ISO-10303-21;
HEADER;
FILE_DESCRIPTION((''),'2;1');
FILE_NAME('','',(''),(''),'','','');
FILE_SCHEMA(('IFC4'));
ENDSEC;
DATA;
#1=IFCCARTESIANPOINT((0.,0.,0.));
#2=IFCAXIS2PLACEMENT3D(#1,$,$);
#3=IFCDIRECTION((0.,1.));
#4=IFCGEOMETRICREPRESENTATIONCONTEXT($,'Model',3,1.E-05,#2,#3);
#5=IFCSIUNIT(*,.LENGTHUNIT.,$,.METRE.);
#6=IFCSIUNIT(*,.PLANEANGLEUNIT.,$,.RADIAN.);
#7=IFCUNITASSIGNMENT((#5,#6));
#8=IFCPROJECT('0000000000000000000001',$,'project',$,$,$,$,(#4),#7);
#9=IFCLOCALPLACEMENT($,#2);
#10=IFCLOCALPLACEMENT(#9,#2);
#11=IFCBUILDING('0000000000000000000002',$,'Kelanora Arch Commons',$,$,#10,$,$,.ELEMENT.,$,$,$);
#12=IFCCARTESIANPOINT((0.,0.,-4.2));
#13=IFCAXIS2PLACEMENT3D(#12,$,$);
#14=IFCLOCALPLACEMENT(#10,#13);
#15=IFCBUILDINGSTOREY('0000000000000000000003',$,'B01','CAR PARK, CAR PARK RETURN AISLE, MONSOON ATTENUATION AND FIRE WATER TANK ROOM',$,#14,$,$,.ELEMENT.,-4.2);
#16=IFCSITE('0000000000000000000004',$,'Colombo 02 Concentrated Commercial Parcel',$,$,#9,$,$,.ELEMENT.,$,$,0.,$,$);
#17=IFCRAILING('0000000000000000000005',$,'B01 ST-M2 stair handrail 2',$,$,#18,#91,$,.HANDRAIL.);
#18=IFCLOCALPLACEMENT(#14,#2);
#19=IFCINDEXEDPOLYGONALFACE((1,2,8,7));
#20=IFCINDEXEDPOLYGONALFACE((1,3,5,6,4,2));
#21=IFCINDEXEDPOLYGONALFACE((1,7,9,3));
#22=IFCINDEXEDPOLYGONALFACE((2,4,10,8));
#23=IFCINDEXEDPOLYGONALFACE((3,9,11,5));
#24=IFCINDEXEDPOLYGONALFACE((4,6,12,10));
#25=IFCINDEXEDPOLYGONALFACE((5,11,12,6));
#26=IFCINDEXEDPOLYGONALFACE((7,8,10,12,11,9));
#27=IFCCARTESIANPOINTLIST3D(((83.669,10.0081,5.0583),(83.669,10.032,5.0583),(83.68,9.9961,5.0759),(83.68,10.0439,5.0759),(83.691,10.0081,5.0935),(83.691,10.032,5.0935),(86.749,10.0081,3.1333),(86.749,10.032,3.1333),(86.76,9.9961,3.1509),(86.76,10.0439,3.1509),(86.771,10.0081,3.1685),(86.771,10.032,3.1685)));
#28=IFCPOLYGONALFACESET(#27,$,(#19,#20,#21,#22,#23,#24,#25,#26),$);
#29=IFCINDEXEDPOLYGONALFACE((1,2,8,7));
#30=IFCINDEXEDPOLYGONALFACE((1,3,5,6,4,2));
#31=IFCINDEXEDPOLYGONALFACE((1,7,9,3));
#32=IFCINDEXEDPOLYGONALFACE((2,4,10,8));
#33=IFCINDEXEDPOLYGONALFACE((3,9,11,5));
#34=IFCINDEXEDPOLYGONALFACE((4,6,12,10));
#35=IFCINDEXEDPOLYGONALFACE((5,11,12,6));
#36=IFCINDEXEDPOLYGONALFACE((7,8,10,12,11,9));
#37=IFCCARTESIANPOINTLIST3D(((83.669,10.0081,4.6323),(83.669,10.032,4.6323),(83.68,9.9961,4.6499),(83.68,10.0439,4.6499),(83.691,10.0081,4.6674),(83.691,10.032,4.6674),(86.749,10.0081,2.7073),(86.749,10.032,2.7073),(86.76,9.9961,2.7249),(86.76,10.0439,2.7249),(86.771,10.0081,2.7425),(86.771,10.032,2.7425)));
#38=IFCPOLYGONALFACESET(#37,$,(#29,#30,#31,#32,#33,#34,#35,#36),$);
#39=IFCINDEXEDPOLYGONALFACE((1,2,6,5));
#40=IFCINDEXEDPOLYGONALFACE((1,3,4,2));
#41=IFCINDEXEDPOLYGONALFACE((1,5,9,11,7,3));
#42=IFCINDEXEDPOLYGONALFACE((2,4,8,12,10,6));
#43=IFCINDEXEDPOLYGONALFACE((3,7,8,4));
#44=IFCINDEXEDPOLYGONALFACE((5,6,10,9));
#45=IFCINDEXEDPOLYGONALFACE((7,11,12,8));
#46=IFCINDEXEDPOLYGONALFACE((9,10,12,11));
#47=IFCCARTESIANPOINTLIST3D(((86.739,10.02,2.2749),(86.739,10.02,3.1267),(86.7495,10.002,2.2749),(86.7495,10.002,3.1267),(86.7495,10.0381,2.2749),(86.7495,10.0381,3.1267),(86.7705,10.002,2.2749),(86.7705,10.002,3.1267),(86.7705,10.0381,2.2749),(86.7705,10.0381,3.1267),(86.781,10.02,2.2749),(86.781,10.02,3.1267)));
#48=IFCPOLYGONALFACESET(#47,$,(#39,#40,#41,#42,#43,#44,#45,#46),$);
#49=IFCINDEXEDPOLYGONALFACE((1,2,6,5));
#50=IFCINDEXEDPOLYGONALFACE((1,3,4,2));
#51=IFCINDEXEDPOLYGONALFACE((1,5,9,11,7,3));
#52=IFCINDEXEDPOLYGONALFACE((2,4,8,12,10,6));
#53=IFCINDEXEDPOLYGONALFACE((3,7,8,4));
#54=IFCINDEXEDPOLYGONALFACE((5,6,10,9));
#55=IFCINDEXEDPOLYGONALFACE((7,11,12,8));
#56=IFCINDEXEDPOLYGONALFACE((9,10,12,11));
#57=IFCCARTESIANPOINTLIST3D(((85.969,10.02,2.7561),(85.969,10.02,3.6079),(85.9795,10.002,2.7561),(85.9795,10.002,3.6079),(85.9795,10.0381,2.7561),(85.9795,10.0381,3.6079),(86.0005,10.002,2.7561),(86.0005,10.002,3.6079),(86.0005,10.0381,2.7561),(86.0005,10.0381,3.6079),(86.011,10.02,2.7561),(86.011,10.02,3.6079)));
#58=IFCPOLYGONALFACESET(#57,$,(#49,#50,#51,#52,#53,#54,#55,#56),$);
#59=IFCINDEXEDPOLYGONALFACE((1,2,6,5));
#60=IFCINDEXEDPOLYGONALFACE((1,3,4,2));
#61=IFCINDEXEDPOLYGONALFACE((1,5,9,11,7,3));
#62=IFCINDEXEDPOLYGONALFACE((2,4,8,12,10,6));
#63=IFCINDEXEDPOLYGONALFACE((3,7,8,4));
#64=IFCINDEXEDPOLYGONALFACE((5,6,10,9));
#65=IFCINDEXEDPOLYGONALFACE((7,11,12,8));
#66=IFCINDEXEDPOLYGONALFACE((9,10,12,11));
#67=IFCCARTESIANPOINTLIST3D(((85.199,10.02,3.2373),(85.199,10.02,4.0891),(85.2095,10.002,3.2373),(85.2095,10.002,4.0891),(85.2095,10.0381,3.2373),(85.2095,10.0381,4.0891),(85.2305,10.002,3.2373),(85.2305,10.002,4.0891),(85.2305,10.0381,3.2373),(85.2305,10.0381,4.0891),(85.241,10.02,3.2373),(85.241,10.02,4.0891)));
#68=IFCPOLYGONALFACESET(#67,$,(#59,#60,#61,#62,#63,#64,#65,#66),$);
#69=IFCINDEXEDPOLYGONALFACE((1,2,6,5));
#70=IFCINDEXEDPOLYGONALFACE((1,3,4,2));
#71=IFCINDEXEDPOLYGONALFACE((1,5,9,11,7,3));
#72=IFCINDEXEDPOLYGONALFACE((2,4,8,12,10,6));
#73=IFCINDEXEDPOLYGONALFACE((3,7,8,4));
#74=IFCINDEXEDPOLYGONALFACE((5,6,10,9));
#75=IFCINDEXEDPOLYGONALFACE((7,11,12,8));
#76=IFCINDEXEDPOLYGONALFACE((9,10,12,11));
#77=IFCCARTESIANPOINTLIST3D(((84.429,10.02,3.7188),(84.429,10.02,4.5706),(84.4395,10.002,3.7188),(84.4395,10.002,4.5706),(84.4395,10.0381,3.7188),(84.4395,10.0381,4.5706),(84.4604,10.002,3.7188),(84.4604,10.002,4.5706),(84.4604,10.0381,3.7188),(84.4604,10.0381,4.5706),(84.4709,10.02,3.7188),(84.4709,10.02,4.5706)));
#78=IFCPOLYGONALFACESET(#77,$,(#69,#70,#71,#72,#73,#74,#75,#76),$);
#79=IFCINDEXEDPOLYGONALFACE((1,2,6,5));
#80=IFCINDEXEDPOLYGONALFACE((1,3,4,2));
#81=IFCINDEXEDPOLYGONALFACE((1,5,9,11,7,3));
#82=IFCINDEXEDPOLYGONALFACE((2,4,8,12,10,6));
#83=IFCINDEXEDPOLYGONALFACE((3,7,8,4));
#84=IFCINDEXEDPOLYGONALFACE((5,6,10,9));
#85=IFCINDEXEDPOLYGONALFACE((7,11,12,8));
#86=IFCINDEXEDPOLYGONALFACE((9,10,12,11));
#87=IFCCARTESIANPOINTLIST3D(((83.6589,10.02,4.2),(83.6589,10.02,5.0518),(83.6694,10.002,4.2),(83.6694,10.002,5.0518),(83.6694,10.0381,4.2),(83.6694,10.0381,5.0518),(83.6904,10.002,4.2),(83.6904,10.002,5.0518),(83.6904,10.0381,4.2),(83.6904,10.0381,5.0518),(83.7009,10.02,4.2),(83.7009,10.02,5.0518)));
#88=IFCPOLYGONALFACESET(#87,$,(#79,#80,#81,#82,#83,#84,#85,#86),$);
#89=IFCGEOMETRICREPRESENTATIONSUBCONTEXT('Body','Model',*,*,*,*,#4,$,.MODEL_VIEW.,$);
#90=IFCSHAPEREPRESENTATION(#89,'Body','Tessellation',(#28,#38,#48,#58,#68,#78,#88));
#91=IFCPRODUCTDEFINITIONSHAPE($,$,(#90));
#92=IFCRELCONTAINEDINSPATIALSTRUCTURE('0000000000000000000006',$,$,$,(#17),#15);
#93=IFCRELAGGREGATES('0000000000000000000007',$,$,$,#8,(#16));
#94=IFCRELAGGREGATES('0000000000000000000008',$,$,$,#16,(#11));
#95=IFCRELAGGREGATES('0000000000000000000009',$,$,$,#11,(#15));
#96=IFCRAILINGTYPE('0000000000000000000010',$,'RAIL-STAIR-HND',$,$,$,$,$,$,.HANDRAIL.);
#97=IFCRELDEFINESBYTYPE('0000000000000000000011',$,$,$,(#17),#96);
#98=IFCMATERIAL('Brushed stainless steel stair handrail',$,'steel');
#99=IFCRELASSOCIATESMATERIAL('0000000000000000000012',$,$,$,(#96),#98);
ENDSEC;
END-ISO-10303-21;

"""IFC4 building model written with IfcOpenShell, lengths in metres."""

from ifc_helpers import new_model, si_unit, direction, frame, origin, place, context, subcontext, project, spatial, polyline, outline, extrude, material, type_object, element, save


model = new_model("IFC4")

# Units and contexts
model_context = context("Model", 3, precision=1e-05, world=origin(), true_north=direction((0.0, 1.0)))
body_context = subcontext(model_context, "Body", "Model", "MODEL_VIEW")
ifc_project = project(units=[si_unit("LENGTHUNIT", "METRE"), si_unit("PLANEANGLEUNIT", "RADIAN")], contexts=[model_context])

# Site, building, storey
site_placement = place(None, origin())
site = spatial("IfcSite", under=ifc_project, at=site_placement, Name="Colombo 02 Concentrated Commercial Parcel", CompositionType="ELEMENT", RefElevation=0.0)
building_placement = place(site_placement, origin())
building = spatial("IfcBuilding", under=site, at=building_placement, Name="Kelanora Arch Commons", CompositionType="ELEMENT")
storey_placement = place(building_placement, frame((0.0, 0.0, -4.2)))
storey = spatial("IfcBuildingStorey", under=building, at=storey_placement, Name="B01", Description="CAR PARK, CAR PARK RETURN AISLE, MONSOON ATTENUATION AND FIRE WATER TANK ROOM", CompositionType="ELEMENT", Elevation=-4.2)

# Railing
ifc_material_1 = material(Name="Brushed stainless steel stair handrail", Category="steel")
railing_type_1 = type_object("IfcRailingType", Name="RAIL-STAIR-HND", PredefinedType="HANDRAIL", material=ifc_material_1)
railing_1_placement = place(storey_placement, frame((86.76, 10.02, 2.2749)))
element("IfcRailing", 1, at=railing_1_placement, inside=storey, type_object=railing_type_1, Name="B01 ST-M2 stair handrail 2", PredefinedType="HANDRAIL", context=body_context, shape_type="SweptSolid", body=[
    extrude(outline(polyline([(0.0239, 0.0), (0.012, 0.0208), (-0.012, 0.0208), (-0.0239, 0.0), (-0.012, -0.0208), (0.012, -0.0208), (0.0239, 0.0)])), frame((0.0, 0.0, 0.876), z_axis=(-0.847998, 0.0, 0.529999), x_axis=(0.0, -1.0, 0.0)), (0.0, 0.0, 1.0), 3.6321),
    extrude(outline(polyline([(0.0239, 0.0), (0.012, 0.0208), (-0.012, 0.0208), (-0.0239, 0.0), (-0.012, -0.0208), (0.012, -0.0208), (0.0239, 0.0)])), frame((0.0, 0.0, 0.45), z_axis=(-0.847998, 0.0, 0.529999), x_axis=(0.0, -1.0, 0.0)), (0.0, 0.0, 1.0), 3.6321),
    extrude(outline(polyline([(0.021, 0.0), (0.0105, 0.0181), (-0.0105, 0.0181), (-0.021, 0.0), (-0.0105, -0.0181), (0.0105, -0.0181), (0.021, 0.0)])), origin(), (0.0, 0.0, 1.0), 0.8518),
    extrude(outline(polyline([(0.021, 0.0), (0.0105, 0.0181), (-0.0105, 0.0181), (-0.021, 0.0), (-0.0105, -0.0181), (0.0105, -0.0181), (0.021, 0.0)])), frame((-0.77, 0.0, 0.4812)), (0.0, 0.0, 1.0), 0.8518),
    extrude(outline(polyline([(0.021, 0.0), (0.0105, 0.0181), (-0.0105, 0.0181), (-0.021, 0.0), (-0.0105, -0.0181), (0.0105, -0.0181), (0.021, 0.0)])), frame((-1.54, 0.0, 0.9624)), (0.0, 0.0, 1.0), 0.8518),
    extrude(outline(polyline([(0.021, 0.0), (0.0105, 0.0181), (-0.0105, 0.0181), (-0.021, 0.0), (-0.0105, -0.0181), (0.0105, -0.0181), (0.021, 0.0)])), frame((-2.3101, 0.0, 1.4438)), (0.0, 0.0, 1.0), 0.8518),
    extrude(outline(polyline([(0.021, 0.0), (0.0105, 0.0181), (-0.0105, 0.0181), (-0.021, 0.0), (-0.0105, -0.0181), (0.0105, -0.0181), (0.021, 0.0)])), frame((-3.0801, 0.0, 1.925)), (0.0, 0.0, 1.0), 0.8518),
])

save(model, "model.ifc")
